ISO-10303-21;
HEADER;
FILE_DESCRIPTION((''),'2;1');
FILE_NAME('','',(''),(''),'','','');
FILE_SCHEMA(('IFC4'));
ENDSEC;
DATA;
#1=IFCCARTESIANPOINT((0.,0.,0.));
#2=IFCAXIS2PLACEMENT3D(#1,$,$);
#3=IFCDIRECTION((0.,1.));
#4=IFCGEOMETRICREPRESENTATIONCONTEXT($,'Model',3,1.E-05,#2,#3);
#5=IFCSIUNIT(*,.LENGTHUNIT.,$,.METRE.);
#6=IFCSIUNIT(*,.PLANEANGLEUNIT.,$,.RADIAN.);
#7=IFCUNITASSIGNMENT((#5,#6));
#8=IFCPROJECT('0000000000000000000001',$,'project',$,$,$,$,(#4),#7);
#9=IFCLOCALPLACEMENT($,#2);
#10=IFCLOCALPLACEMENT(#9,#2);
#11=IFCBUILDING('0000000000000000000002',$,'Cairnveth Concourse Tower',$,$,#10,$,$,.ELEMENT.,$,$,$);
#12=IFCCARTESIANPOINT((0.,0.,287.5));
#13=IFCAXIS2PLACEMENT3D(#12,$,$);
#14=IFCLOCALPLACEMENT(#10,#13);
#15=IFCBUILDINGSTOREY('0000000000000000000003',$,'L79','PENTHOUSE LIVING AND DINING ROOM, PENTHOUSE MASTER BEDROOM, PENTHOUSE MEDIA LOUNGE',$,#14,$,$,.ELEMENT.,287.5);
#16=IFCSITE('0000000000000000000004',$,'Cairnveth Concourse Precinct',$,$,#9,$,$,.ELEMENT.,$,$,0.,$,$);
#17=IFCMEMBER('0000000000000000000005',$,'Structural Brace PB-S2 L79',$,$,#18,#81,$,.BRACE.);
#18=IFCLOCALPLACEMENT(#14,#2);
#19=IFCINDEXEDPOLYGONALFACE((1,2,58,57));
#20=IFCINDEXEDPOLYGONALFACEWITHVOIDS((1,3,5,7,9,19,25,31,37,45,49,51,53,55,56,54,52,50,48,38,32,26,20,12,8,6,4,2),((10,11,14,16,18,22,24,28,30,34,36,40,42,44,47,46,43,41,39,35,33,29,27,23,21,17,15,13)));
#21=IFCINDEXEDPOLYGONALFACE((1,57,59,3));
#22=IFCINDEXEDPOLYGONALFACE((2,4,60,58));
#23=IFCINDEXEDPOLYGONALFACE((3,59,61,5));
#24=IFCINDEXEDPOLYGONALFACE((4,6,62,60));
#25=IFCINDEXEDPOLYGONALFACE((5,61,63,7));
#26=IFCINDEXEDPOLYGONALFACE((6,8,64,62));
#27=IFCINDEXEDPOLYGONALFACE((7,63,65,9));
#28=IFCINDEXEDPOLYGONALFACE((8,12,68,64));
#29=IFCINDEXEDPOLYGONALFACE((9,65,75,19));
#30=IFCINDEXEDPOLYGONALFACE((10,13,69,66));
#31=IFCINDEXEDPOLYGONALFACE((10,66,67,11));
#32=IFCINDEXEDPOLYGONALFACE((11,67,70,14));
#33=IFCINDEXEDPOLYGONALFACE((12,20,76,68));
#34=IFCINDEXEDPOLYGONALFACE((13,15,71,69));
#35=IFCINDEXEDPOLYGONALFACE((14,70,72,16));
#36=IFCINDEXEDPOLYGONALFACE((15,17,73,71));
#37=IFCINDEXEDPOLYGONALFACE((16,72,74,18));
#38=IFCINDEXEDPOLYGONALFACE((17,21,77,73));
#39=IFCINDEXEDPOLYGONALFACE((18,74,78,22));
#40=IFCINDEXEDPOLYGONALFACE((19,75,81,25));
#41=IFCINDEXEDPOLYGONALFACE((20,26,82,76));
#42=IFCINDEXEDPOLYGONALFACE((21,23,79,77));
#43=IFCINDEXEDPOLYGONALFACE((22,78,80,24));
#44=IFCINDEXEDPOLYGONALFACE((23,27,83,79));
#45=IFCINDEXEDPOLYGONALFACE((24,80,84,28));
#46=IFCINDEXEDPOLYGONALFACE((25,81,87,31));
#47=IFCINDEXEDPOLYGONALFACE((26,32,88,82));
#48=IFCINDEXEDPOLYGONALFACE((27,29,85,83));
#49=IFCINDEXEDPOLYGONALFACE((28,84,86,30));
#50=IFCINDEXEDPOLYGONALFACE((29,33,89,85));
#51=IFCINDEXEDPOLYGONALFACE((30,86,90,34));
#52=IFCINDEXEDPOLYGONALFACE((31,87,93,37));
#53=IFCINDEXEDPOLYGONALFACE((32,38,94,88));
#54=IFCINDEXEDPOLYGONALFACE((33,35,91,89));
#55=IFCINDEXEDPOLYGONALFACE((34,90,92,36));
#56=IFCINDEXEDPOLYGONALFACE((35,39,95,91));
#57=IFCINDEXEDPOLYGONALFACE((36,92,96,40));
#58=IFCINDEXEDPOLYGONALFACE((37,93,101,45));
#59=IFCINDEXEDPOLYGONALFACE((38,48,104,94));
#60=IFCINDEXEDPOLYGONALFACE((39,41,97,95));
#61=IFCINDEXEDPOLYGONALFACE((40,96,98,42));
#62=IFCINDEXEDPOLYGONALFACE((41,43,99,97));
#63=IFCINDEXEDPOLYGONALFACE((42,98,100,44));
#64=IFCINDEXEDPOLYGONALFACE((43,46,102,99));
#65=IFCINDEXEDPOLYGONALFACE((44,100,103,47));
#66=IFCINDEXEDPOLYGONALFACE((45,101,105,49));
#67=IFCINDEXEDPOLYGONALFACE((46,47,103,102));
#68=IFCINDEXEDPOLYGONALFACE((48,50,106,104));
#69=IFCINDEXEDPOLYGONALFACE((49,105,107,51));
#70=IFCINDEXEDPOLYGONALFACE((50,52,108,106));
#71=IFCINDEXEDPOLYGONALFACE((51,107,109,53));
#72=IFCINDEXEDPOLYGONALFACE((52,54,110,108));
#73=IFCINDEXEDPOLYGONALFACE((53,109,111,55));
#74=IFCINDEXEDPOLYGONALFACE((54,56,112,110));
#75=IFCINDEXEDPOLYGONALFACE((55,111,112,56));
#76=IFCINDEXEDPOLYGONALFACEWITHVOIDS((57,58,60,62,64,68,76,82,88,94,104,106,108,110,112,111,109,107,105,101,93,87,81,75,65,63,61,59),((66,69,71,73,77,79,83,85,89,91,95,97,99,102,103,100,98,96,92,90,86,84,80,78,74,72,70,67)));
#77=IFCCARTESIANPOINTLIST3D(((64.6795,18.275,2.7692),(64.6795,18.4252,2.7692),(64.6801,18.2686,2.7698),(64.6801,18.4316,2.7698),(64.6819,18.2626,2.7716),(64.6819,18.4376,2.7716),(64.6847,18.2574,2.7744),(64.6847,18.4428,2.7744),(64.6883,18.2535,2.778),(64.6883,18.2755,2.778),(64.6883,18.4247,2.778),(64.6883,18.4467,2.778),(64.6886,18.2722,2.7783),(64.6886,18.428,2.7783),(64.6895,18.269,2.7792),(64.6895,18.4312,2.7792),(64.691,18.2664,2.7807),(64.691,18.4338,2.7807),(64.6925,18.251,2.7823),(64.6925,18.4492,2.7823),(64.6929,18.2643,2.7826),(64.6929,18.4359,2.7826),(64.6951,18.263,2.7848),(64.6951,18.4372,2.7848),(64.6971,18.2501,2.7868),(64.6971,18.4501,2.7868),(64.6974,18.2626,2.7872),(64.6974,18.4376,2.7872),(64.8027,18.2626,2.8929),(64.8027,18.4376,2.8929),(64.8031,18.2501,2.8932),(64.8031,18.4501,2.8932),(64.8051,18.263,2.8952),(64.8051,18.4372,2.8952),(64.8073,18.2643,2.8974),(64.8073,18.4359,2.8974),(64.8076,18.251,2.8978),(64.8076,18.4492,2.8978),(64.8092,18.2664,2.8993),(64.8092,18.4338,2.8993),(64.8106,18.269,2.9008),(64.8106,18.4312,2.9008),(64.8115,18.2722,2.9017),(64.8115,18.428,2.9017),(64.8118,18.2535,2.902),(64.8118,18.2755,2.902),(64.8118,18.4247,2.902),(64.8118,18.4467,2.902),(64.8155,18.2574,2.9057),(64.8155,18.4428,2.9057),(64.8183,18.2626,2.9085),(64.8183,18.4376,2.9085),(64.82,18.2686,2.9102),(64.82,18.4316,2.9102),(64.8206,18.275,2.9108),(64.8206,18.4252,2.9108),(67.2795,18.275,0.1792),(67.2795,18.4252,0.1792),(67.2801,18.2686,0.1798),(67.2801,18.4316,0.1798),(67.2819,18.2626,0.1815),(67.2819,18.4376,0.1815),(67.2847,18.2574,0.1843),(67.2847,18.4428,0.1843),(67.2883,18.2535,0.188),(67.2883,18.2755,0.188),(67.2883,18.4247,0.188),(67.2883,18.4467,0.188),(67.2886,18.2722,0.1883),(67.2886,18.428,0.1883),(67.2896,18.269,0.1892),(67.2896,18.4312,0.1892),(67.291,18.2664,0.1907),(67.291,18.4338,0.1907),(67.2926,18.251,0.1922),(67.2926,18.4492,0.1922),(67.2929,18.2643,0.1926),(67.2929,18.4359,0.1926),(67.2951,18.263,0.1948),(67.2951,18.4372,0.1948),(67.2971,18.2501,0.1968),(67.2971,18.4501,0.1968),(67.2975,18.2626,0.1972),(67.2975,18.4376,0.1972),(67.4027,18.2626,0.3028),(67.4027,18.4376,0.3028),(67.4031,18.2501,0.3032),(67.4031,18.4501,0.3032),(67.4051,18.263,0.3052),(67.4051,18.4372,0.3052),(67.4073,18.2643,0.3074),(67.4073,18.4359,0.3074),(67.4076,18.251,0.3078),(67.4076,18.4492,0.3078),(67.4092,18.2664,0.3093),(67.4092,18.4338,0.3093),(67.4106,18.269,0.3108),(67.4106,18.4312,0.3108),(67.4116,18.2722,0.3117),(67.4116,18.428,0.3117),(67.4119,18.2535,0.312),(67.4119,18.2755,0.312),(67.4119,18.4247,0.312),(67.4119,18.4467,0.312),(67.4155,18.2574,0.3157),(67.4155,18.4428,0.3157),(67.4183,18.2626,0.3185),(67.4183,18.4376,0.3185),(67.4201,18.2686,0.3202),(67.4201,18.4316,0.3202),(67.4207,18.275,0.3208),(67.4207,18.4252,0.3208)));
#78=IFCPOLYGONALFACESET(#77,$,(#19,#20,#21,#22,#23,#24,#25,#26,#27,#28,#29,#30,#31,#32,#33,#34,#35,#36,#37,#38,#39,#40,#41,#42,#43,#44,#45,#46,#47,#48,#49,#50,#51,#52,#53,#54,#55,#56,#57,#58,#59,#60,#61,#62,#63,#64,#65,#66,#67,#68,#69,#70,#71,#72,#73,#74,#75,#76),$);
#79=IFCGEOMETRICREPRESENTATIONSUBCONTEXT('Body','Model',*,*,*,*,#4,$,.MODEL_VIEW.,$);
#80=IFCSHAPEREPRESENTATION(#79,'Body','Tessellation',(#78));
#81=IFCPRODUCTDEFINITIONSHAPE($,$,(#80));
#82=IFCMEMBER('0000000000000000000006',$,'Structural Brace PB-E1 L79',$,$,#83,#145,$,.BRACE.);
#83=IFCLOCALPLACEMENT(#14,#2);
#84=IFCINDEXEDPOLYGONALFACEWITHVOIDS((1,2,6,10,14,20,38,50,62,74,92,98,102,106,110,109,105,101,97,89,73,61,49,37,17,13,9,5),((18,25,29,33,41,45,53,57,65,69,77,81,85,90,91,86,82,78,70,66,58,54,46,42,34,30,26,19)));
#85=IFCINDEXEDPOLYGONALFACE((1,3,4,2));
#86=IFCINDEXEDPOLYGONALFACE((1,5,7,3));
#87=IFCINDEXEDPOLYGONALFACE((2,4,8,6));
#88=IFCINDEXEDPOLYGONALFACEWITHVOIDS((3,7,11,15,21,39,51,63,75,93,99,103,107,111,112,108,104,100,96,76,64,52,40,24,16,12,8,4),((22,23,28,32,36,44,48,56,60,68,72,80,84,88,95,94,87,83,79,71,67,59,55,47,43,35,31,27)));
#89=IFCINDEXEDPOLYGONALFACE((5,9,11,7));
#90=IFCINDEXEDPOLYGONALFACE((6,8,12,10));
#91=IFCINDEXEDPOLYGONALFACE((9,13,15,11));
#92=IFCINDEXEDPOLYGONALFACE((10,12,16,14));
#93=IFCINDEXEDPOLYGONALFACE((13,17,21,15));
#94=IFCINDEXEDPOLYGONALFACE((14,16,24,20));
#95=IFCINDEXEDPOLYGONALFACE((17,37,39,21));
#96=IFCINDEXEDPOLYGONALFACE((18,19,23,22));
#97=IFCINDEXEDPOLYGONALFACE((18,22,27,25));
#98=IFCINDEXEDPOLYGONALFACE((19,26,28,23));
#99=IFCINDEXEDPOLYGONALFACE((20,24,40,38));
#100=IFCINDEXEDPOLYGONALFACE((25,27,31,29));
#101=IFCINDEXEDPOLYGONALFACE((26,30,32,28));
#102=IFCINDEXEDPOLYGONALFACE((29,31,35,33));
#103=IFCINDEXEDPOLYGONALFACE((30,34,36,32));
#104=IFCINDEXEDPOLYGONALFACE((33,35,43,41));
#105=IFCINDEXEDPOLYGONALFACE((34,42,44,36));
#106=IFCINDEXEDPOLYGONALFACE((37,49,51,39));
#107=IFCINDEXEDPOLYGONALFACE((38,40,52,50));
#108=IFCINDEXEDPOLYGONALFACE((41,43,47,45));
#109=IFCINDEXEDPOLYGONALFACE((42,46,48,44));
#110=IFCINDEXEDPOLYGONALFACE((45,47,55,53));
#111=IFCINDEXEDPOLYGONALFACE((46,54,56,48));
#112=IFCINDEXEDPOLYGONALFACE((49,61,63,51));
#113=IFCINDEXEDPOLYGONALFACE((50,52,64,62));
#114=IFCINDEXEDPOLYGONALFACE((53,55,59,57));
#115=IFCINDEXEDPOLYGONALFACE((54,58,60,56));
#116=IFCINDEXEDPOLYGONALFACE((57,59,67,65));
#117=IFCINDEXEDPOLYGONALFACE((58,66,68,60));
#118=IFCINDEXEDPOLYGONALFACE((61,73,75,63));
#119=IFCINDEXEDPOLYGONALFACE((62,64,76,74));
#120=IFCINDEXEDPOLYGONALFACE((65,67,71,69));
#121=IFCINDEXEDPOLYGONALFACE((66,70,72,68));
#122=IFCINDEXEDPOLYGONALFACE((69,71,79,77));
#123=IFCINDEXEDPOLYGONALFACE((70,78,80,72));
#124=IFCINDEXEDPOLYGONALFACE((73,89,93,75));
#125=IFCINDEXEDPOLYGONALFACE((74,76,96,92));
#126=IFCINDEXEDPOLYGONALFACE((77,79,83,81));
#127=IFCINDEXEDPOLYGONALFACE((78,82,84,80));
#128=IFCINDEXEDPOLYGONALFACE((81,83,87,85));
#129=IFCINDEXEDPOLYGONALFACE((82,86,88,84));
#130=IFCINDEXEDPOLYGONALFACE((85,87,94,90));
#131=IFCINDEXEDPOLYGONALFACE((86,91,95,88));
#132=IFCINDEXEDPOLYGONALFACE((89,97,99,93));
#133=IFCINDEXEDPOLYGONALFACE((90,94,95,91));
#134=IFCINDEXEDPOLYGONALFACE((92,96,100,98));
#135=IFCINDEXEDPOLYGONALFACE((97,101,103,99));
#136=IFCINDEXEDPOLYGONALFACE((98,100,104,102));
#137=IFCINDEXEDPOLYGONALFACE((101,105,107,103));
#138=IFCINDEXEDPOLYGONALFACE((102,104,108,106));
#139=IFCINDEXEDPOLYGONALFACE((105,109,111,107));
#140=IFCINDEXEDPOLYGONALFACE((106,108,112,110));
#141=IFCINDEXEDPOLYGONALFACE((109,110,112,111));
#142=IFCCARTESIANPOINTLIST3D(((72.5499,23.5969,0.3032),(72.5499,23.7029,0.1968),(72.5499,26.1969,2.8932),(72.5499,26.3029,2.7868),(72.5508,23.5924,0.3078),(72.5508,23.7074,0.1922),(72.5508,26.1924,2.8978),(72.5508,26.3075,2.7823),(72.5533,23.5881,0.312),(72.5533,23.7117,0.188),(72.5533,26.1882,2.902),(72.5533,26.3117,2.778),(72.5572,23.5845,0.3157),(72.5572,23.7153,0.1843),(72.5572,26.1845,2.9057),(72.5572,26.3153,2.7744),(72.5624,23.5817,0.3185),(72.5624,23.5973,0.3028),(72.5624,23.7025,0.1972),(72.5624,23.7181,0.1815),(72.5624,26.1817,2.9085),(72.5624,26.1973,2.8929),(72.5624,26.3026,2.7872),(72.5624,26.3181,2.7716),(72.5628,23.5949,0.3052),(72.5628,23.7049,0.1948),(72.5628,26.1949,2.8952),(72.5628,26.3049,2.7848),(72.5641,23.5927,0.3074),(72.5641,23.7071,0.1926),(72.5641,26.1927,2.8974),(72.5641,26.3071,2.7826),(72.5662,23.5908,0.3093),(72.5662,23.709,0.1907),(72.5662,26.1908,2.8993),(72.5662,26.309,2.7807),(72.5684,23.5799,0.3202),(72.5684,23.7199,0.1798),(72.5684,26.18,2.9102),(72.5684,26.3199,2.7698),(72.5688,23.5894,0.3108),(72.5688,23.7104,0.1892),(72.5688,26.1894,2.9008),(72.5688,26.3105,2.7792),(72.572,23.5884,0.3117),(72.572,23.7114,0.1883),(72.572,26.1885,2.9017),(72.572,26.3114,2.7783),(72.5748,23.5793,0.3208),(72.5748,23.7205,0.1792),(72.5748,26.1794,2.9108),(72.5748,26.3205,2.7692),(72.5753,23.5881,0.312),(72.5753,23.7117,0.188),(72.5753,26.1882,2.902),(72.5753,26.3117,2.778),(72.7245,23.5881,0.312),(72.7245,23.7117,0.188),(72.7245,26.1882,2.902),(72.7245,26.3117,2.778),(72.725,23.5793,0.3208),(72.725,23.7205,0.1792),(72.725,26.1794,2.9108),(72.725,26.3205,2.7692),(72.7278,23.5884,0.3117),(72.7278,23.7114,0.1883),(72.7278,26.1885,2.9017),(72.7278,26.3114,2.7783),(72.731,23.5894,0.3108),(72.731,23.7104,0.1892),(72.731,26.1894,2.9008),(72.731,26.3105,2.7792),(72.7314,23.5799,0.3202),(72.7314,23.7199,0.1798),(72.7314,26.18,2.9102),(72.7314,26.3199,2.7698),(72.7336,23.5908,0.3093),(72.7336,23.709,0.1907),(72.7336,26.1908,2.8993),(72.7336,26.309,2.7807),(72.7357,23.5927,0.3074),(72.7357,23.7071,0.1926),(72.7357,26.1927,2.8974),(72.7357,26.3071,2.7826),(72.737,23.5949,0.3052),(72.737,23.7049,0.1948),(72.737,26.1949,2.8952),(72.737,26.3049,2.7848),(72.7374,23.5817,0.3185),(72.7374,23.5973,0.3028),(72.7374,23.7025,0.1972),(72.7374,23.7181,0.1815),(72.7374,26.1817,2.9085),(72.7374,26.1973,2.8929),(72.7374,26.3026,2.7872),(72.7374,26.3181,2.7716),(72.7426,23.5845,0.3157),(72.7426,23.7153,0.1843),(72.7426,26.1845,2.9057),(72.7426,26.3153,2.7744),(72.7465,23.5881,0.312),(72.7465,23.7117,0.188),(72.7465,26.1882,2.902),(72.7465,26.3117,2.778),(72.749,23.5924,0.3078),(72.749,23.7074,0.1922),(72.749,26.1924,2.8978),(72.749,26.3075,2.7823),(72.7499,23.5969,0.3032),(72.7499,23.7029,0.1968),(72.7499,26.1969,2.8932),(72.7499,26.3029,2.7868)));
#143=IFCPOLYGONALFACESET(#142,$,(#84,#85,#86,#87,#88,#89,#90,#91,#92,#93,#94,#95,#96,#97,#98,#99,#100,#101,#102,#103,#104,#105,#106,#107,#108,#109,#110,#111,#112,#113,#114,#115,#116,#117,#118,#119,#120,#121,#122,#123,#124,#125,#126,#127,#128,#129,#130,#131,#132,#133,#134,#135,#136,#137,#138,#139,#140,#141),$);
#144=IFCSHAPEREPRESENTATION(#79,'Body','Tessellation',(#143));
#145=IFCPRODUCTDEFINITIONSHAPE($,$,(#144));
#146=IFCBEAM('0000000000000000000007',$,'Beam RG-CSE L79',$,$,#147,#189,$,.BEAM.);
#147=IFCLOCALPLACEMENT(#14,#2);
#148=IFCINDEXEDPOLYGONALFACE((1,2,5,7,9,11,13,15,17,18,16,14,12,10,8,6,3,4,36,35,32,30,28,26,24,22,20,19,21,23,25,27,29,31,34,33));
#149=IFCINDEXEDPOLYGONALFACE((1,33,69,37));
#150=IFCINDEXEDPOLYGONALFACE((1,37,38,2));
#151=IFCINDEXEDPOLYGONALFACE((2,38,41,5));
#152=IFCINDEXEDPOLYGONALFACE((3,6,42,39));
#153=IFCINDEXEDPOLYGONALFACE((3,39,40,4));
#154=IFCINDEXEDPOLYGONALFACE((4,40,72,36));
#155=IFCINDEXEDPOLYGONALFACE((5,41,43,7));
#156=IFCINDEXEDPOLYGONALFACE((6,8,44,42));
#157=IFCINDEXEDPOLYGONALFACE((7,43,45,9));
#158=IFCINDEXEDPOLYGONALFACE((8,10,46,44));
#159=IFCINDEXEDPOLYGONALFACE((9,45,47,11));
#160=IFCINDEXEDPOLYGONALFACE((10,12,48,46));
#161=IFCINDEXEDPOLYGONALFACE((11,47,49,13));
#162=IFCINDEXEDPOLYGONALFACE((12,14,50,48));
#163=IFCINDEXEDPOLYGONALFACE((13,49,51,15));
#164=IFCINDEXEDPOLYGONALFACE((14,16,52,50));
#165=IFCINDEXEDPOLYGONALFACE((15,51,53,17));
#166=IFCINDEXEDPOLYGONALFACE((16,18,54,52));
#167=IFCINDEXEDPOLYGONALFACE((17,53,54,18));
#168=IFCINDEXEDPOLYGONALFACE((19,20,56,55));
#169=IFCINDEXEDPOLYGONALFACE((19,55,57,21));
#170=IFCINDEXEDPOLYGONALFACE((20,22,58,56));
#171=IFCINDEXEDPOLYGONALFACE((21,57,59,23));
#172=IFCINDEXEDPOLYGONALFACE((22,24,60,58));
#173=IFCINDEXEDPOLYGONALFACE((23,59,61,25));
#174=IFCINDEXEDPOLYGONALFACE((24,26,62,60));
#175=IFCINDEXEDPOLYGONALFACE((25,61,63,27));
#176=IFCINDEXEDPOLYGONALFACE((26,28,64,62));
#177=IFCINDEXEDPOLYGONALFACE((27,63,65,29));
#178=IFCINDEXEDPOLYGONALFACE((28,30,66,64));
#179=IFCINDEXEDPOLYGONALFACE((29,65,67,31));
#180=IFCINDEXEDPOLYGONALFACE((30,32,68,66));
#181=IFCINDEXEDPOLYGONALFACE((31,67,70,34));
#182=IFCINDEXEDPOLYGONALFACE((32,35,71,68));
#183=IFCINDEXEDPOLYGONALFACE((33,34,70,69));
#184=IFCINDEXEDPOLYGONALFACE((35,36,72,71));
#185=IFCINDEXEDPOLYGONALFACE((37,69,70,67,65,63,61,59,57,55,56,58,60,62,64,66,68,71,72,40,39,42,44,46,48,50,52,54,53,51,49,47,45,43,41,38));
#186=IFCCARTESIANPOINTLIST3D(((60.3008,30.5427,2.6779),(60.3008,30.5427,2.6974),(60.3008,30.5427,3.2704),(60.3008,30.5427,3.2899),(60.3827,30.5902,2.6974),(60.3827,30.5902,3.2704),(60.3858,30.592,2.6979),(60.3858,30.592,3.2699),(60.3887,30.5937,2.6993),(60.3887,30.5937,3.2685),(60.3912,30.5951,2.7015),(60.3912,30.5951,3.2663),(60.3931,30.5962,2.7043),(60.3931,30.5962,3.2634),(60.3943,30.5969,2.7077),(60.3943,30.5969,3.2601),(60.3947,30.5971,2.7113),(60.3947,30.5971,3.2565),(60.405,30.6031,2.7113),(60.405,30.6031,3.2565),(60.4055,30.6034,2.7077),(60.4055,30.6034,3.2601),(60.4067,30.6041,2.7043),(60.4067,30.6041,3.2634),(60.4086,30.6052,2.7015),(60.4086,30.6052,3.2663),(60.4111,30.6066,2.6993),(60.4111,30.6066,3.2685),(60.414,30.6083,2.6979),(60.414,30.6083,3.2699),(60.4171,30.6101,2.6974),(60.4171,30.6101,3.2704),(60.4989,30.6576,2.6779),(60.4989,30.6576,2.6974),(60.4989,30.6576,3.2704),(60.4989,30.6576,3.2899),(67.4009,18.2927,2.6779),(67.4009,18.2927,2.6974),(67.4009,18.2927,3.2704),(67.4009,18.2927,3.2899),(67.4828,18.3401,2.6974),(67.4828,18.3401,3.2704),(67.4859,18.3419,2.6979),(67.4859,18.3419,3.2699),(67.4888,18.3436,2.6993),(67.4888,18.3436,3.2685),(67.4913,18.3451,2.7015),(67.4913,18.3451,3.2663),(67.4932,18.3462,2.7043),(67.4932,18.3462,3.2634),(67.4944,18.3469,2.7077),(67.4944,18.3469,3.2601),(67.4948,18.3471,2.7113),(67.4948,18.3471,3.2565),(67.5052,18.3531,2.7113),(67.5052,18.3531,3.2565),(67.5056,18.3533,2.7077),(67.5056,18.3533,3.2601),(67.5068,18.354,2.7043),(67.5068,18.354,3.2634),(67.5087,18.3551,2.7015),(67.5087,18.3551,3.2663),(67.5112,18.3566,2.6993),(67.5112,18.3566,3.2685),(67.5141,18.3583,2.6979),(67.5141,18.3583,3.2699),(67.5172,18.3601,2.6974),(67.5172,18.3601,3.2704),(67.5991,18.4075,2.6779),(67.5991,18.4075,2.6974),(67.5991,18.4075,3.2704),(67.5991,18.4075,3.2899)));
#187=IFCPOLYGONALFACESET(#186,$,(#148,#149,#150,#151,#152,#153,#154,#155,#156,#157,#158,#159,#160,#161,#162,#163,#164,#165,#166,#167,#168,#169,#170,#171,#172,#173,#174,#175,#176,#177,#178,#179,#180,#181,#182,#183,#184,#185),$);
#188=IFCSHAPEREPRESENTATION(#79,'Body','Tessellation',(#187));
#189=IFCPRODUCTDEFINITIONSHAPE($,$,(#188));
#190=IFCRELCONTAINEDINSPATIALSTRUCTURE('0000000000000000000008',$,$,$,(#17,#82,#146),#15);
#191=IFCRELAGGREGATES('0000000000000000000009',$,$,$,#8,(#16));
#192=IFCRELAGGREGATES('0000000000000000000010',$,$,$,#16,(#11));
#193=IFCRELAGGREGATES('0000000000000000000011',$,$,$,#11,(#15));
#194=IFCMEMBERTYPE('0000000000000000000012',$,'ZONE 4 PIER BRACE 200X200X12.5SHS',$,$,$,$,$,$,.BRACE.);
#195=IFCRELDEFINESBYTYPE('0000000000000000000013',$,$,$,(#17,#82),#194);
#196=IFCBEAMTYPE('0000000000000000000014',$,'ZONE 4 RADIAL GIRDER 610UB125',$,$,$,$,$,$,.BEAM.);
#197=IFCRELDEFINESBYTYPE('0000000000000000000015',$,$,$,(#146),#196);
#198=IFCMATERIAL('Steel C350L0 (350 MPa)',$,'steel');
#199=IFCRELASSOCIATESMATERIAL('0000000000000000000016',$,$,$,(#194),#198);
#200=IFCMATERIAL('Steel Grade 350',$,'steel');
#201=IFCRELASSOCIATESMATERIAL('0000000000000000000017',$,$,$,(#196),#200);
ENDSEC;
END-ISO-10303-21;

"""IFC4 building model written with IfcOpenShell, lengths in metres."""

from ifc_helpers import new_model, si_unit, direction, frame, origin, origin_2d, place, context, subcontext, project, spatial, hollow_rectangle, i_section, extrude, material, material_profile, profile_set, type_object, element, save


model = new_model("IFC4")

# Units and contexts
model_context = context("Model", 3, precision=1e-05, world=origin(), true_north=direction((0.0, 1.0)))
body_context = subcontext(model_context, "Body", "Model", "MODEL_VIEW")
ifc_project = project(units=[si_unit("LENGTHUNIT", "METRE"), si_unit("PLANEANGLEUNIT", "RADIAN")], contexts=[model_context])

# Site, building, storey
site_placement = place(None, origin())
site = spatial("IfcSite", under=ifc_project, at=site_placement, Name="Cairnveth Concourse Precinct", CompositionType="ELEMENT", RefElevation=0.0)
building_placement = place(site_placement, origin())
building = spatial("IfcBuilding", under=site, at=building_placement, Name="Cairnveth Concourse Tower", CompositionType="ELEMENT")
storey_placement = place(building_placement, frame((0.0, 0.0, 287.5)))
storey = spatial("IfcBuildingStorey", under=building, at=storey_placement, Name="L79", Description="PENTHOUSE LIVING AND DINING ROOM, PENTHOUSE MASTER BEDROOM, PENTHOUSE MEDIA LOUNGE", CompositionType="ELEMENT", Elevation=287.5)

# Shared definitions
ifc_material_1 = material(Name="Steel Grade 350", Category="steel")

# Members
ifc_material_2 = material(Name="Steel C350L0 (350 MPa)", Category="steel")
ifc_material_profile_1 = material_profile(ifc_material_2, hollow_rectangle(XDim=0.2, YDim=0.2, WallThickness=0.0125, InnerFilletRadius=0.0129, OuterFilletRadius=0.0249, at=origin_2d()), Name="200x200x12.5SHS")
ifc_profile_set_1 = profile_set([ifc_material_profile_1], Name="Steel C350L0 (350 MPa)")
member_type = type_object("IfcMemberType", Name="ZONE 4 PIER BRACE 200X200X12.5SHS", PredefinedType="BRACE", material=ifc_profile_set_1)
for number, where, z_axis, x_axis, name in (
    (1, (67.3501, 18.3501, 0.25), (-0.708469, 0.0, 0.705742), (0.0, -1.0, 0.0), "Structural Brace PB-S2 L79"),
    (2, (72.6499, 23.6499, 0.25), (0.0, 0.708469, 0.705742), (-1.0, 0.0, 0.0), "Structural Brace PB-E1 L79"),
):
    element("IfcMember", number, at=place(storey_placement, frame(where, z_axis=z_axis, x_axis=x_axis)), inside=storey, type_object=member_type, Name=name, PredefinedType="BRACE", context=body_context, shape_type="SweptSolid", body=[
        extrude(hollow_rectangle(XDim=0.2, YDim=0.2, WallThickness=0.0125, InnerFilletRadius=0.0129, OuterFilletRadius=0.0249, at=origin_2d()), origin(), (0.0, 0.0, 1.0), 3.6699),
    ])

# Beam
ifc_material_profile_2 = material_profile(ifc_material_1, i_section(OverallWidth=0.229, OverallDepth=0.6121, WebThickness=0.012, FlangeThickness=0.0195, FilletRadius=0.0139, at=origin_2d()), Name="610UB125")
ifc_profile_set_2 = profile_set([ifc_material_profile_2], Name="Steel Grade 350")
beam_type_1 = type_object("IfcBeamType", Name="ZONE 4 RADIAL GIRDER 610UB125", PredefinedType="BEAM", material=ifc_profile_set_2)
beam_1_placement = place(storey_placement, frame((67.5, 18.3501, 2.9839), z_axis=(-0.501459, 0.865181, 0.0), x_axis=(-0.865181, -0.501459, 0.0)))
element("IfcBeam", 3, at=beam_1_placement, inside=storey, type_object=beam_type_1, Name="Beam RG-CSE L79", PredefinedType="BEAM", context=body_context, shape_type="SweptSolid", body=[
    extrude(i_section(OverallWidth=0.229, OverallDepth=0.6121, WebThickness=0.012, FlangeThickness=0.0195, FilletRadius=0.0139, at=origin_2d()), origin(), (0.0, 0.0, 1.0), 14.1589),
])

save(model, "model.ifc")
